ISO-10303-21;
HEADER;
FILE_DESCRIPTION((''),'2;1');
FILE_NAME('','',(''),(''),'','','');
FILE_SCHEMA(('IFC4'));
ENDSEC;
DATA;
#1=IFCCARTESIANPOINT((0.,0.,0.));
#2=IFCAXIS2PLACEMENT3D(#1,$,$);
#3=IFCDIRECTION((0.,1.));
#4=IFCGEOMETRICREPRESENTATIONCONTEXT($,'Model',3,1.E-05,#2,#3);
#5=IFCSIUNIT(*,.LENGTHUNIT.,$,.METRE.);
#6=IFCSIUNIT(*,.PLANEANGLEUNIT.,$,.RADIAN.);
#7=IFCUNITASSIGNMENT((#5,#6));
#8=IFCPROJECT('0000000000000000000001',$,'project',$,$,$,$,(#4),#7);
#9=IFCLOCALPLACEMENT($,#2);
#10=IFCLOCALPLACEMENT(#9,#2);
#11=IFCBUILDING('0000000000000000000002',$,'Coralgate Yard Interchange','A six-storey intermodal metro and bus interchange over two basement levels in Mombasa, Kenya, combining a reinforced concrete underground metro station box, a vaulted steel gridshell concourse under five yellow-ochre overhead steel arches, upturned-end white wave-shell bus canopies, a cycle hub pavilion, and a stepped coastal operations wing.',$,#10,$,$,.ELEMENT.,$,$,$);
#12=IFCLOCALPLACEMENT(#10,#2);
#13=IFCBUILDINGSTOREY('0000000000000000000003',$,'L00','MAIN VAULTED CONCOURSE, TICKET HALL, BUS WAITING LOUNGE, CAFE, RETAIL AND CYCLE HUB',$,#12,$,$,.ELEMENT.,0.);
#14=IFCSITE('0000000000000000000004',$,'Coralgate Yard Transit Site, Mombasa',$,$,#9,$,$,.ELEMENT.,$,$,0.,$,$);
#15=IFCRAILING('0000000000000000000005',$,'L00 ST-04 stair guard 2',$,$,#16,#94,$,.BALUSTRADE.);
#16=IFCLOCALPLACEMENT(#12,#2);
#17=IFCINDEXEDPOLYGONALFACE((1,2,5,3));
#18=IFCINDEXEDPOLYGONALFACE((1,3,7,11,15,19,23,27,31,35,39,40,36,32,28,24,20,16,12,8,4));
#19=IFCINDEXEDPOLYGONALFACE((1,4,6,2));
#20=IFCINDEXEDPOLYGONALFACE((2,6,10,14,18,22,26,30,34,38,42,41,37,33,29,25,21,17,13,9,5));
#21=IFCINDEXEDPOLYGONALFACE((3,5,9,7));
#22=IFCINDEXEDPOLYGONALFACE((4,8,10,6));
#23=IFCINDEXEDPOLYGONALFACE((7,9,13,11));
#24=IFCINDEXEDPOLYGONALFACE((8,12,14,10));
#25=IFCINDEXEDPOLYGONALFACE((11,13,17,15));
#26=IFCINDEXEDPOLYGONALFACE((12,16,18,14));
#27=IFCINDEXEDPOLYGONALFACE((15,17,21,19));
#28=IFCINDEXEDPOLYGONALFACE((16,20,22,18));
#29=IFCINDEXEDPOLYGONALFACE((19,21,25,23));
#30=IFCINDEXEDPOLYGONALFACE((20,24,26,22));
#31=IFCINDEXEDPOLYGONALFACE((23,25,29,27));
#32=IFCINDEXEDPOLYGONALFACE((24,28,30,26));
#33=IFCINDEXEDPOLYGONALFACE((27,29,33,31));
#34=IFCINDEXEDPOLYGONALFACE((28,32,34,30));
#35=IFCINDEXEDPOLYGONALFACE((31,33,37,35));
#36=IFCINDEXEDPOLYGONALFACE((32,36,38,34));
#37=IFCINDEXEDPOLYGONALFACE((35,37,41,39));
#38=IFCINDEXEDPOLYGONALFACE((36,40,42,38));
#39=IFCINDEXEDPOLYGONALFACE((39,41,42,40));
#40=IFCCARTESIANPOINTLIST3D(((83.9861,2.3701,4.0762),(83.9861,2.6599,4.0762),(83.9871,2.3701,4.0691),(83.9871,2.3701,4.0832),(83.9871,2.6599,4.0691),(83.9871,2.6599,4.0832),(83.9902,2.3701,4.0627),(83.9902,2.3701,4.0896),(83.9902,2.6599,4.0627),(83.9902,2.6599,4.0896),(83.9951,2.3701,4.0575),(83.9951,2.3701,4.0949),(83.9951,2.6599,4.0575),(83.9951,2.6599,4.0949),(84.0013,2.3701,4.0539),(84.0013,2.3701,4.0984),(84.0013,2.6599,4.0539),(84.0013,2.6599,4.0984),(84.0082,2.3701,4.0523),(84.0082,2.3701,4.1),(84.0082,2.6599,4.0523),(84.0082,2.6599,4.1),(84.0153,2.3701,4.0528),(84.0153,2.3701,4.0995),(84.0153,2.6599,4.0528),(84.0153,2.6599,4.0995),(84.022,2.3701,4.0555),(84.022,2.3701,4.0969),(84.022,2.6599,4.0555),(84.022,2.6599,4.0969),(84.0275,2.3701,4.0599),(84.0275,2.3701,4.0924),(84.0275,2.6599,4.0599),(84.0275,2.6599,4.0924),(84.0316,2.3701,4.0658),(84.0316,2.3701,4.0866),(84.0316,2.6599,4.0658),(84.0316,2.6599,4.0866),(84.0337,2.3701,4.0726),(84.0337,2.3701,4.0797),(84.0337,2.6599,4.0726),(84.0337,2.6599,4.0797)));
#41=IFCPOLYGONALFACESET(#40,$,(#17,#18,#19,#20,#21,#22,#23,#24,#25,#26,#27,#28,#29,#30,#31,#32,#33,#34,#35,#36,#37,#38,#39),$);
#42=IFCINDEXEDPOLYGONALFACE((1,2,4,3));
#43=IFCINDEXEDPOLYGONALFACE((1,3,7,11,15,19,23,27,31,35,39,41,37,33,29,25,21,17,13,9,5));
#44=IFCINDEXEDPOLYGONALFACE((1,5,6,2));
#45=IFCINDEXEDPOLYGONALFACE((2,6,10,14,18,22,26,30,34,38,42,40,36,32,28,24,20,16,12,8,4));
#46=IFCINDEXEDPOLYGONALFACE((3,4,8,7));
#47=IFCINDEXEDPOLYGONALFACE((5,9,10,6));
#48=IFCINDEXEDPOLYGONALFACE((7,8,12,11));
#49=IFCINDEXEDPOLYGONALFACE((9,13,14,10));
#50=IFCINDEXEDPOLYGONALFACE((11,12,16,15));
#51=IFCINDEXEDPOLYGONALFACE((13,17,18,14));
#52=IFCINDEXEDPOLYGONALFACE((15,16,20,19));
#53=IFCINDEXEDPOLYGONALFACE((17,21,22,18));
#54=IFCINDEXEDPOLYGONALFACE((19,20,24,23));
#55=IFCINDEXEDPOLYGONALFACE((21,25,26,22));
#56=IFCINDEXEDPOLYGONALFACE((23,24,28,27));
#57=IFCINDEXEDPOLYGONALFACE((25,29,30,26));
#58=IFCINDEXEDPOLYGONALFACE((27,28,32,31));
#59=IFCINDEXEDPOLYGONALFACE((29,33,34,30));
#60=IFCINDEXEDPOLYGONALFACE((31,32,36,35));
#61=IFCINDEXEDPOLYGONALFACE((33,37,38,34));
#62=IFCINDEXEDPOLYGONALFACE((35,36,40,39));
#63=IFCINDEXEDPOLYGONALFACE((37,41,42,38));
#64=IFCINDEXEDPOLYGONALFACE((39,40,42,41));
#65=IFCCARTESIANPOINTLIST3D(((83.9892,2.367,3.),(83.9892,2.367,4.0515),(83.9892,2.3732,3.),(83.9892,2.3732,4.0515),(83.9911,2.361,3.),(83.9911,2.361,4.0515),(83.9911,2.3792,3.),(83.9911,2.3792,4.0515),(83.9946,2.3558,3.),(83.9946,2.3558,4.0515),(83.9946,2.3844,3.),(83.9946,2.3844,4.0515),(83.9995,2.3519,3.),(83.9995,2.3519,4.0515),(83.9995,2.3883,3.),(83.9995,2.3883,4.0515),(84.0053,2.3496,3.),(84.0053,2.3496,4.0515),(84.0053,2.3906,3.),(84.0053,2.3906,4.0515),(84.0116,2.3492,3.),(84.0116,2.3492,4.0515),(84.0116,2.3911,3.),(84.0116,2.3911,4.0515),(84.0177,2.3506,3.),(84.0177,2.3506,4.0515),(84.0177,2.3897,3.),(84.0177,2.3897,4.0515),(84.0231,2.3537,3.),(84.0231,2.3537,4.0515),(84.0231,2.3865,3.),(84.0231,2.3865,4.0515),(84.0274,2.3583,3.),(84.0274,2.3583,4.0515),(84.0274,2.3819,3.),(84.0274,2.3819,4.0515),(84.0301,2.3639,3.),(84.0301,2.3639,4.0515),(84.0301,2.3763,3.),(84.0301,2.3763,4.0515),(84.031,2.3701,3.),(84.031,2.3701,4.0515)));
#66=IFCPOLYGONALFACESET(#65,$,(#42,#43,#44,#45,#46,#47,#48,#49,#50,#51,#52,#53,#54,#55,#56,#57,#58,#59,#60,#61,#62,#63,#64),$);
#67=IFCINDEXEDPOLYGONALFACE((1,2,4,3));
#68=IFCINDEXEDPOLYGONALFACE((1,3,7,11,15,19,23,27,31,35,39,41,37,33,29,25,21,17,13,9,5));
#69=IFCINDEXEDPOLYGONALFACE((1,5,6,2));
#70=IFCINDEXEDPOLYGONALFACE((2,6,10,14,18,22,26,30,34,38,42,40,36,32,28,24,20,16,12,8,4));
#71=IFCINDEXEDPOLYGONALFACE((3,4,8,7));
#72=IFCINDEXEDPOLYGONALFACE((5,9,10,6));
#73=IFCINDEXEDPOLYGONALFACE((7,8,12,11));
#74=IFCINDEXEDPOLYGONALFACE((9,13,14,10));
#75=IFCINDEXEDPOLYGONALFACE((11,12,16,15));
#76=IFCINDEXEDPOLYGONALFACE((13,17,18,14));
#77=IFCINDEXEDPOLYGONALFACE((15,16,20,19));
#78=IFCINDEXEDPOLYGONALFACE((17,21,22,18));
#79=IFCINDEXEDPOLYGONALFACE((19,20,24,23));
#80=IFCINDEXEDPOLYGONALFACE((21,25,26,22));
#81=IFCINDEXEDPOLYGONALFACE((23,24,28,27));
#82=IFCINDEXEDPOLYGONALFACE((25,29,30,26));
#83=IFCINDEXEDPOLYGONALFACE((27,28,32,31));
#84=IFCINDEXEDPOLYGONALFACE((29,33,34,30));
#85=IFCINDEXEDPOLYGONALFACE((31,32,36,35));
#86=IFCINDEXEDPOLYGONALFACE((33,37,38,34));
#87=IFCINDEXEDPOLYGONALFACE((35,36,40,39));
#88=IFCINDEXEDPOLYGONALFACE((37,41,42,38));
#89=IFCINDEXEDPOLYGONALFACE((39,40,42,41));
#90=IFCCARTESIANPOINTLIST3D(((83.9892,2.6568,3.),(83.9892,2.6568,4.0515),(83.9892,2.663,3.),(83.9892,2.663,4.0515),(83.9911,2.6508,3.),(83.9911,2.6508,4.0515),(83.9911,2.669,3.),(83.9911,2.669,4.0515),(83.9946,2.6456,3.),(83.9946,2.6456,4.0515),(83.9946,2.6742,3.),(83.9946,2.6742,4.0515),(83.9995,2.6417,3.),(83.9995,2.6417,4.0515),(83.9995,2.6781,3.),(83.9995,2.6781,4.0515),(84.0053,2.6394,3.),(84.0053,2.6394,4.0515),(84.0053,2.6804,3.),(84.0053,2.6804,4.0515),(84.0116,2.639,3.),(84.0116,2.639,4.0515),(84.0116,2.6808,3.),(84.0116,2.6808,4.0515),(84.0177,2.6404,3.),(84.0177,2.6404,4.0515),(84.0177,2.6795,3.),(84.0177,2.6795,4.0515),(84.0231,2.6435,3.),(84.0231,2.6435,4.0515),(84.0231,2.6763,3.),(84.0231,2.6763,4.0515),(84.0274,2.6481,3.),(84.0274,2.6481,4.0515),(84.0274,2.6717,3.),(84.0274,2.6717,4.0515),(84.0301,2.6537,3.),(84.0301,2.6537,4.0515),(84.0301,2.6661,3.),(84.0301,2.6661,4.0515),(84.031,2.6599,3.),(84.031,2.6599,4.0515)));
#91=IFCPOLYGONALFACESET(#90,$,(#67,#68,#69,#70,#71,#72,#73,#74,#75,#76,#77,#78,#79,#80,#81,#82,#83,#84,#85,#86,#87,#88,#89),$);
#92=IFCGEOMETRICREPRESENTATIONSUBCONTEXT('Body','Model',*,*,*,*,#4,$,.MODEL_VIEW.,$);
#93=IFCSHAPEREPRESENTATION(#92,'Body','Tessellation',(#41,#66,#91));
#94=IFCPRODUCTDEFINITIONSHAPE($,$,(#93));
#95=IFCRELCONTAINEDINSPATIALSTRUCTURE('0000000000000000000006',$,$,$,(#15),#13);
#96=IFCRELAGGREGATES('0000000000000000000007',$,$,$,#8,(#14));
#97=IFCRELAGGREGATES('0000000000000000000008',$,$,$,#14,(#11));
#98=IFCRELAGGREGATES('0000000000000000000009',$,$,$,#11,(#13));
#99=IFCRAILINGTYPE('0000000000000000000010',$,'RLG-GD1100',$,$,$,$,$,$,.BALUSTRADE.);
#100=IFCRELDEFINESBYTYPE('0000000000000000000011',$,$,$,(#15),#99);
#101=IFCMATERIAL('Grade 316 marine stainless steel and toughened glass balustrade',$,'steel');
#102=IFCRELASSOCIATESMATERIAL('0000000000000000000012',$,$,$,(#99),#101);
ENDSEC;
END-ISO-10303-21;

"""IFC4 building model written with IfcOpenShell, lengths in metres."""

from ifc_helpers import new_model, si_unit, direction, frame, origin, origin_2d, place, context, subcontext, project, spatial, circle, extrude, material, type_object, element, save


model = new_model("IFC4")

# Units and contexts
model_context = context("Model", 3, precision=1e-05, world=origin(), true_north=direction((0.0, 1.0)))
body_context = subcontext(model_context, "Body", "Model", "MODEL_VIEW")
ifc_project = project(units=[si_unit("LENGTHUNIT", "METRE"), si_unit("PLANEANGLEUNIT", "RADIAN")], contexts=[model_context])

# Site, building, storey
site_placement = place(None, origin())
site = spatial("IfcSite", under=ifc_project, at=site_placement, Name="Coralgate Yard Transit Site, Mombasa", CompositionType="ELEMENT", RefElevation=0.0)
building_placement = place(site_placement, origin())
building = spatial("IfcBuilding", under=site, at=building_placement, Name="Coralgate Yard Interchange", Description="A six-storey intermodal metro and bus interchange over two basement levels in Mombasa, Kenya, combining a reinforced concrete underground metro station box, a vaulted steel gridshell concourse under five yellow-ochre overhead steel arches, upturned-end white wave-shell bus canopies, a cycle hub pavilion, and a stepped coastal operations wing.", CompositionType="ELEMENT")
storey_placement = place(building_placement, origin())
storey = spatial("IfcBuildingStorey", under=building, at=storey_placement, Name="L00", Description="MAIN VAULTED CONCOURSE, TICKET HALL, BUS WAITING LOUNGE, CAFE, RETAIL AND CYCLE HUB", CompositionType="ELEMENT", Elevation=0.0)

# Railing
ifc_material_1 = material(Name="Grade 316 marine stainless steel and toughened glass balustrade", Category="steel")
railing_type_1 = type_object("IfcRailingType", Name="RLG-GD1100", PredefinedType="BALUSTRADE", material=ifc_material_1)
railing_1_placement = place(storey_placement, frame((84.01, 2.3701, 3.0)))
element("IfcRailing", 1, at=railing_1_placement, inside=storey, type_object=railing_type_1, Name="L00 ST-04 stair guard 2", PredefinedType="BALUSTRADE", context=body_context, shape_type="SweptSolid", body=[
    extrude(circle(Radius=0.0239, at=origin_2d()), frame((0.0, 0.0, 1.0762), z_axis=(0.0, 1.0, 0.0), x_axis=(-1.0, 0.0, 0.0)), (0.0, 0.0, 1.0), 0.2898),
    extrude(circle(Radius=0.021, at=origin_2d()), origin(), (0.0, 0.0, 1.0), 1.0515),
    extrude(circle(Radius=0.021, at=origin_2d()), frame((0.0, 0.2898, 0.0)), (0.0, 0.0, 1.0), 1.0515),
])

save(model, "model.ifc")
